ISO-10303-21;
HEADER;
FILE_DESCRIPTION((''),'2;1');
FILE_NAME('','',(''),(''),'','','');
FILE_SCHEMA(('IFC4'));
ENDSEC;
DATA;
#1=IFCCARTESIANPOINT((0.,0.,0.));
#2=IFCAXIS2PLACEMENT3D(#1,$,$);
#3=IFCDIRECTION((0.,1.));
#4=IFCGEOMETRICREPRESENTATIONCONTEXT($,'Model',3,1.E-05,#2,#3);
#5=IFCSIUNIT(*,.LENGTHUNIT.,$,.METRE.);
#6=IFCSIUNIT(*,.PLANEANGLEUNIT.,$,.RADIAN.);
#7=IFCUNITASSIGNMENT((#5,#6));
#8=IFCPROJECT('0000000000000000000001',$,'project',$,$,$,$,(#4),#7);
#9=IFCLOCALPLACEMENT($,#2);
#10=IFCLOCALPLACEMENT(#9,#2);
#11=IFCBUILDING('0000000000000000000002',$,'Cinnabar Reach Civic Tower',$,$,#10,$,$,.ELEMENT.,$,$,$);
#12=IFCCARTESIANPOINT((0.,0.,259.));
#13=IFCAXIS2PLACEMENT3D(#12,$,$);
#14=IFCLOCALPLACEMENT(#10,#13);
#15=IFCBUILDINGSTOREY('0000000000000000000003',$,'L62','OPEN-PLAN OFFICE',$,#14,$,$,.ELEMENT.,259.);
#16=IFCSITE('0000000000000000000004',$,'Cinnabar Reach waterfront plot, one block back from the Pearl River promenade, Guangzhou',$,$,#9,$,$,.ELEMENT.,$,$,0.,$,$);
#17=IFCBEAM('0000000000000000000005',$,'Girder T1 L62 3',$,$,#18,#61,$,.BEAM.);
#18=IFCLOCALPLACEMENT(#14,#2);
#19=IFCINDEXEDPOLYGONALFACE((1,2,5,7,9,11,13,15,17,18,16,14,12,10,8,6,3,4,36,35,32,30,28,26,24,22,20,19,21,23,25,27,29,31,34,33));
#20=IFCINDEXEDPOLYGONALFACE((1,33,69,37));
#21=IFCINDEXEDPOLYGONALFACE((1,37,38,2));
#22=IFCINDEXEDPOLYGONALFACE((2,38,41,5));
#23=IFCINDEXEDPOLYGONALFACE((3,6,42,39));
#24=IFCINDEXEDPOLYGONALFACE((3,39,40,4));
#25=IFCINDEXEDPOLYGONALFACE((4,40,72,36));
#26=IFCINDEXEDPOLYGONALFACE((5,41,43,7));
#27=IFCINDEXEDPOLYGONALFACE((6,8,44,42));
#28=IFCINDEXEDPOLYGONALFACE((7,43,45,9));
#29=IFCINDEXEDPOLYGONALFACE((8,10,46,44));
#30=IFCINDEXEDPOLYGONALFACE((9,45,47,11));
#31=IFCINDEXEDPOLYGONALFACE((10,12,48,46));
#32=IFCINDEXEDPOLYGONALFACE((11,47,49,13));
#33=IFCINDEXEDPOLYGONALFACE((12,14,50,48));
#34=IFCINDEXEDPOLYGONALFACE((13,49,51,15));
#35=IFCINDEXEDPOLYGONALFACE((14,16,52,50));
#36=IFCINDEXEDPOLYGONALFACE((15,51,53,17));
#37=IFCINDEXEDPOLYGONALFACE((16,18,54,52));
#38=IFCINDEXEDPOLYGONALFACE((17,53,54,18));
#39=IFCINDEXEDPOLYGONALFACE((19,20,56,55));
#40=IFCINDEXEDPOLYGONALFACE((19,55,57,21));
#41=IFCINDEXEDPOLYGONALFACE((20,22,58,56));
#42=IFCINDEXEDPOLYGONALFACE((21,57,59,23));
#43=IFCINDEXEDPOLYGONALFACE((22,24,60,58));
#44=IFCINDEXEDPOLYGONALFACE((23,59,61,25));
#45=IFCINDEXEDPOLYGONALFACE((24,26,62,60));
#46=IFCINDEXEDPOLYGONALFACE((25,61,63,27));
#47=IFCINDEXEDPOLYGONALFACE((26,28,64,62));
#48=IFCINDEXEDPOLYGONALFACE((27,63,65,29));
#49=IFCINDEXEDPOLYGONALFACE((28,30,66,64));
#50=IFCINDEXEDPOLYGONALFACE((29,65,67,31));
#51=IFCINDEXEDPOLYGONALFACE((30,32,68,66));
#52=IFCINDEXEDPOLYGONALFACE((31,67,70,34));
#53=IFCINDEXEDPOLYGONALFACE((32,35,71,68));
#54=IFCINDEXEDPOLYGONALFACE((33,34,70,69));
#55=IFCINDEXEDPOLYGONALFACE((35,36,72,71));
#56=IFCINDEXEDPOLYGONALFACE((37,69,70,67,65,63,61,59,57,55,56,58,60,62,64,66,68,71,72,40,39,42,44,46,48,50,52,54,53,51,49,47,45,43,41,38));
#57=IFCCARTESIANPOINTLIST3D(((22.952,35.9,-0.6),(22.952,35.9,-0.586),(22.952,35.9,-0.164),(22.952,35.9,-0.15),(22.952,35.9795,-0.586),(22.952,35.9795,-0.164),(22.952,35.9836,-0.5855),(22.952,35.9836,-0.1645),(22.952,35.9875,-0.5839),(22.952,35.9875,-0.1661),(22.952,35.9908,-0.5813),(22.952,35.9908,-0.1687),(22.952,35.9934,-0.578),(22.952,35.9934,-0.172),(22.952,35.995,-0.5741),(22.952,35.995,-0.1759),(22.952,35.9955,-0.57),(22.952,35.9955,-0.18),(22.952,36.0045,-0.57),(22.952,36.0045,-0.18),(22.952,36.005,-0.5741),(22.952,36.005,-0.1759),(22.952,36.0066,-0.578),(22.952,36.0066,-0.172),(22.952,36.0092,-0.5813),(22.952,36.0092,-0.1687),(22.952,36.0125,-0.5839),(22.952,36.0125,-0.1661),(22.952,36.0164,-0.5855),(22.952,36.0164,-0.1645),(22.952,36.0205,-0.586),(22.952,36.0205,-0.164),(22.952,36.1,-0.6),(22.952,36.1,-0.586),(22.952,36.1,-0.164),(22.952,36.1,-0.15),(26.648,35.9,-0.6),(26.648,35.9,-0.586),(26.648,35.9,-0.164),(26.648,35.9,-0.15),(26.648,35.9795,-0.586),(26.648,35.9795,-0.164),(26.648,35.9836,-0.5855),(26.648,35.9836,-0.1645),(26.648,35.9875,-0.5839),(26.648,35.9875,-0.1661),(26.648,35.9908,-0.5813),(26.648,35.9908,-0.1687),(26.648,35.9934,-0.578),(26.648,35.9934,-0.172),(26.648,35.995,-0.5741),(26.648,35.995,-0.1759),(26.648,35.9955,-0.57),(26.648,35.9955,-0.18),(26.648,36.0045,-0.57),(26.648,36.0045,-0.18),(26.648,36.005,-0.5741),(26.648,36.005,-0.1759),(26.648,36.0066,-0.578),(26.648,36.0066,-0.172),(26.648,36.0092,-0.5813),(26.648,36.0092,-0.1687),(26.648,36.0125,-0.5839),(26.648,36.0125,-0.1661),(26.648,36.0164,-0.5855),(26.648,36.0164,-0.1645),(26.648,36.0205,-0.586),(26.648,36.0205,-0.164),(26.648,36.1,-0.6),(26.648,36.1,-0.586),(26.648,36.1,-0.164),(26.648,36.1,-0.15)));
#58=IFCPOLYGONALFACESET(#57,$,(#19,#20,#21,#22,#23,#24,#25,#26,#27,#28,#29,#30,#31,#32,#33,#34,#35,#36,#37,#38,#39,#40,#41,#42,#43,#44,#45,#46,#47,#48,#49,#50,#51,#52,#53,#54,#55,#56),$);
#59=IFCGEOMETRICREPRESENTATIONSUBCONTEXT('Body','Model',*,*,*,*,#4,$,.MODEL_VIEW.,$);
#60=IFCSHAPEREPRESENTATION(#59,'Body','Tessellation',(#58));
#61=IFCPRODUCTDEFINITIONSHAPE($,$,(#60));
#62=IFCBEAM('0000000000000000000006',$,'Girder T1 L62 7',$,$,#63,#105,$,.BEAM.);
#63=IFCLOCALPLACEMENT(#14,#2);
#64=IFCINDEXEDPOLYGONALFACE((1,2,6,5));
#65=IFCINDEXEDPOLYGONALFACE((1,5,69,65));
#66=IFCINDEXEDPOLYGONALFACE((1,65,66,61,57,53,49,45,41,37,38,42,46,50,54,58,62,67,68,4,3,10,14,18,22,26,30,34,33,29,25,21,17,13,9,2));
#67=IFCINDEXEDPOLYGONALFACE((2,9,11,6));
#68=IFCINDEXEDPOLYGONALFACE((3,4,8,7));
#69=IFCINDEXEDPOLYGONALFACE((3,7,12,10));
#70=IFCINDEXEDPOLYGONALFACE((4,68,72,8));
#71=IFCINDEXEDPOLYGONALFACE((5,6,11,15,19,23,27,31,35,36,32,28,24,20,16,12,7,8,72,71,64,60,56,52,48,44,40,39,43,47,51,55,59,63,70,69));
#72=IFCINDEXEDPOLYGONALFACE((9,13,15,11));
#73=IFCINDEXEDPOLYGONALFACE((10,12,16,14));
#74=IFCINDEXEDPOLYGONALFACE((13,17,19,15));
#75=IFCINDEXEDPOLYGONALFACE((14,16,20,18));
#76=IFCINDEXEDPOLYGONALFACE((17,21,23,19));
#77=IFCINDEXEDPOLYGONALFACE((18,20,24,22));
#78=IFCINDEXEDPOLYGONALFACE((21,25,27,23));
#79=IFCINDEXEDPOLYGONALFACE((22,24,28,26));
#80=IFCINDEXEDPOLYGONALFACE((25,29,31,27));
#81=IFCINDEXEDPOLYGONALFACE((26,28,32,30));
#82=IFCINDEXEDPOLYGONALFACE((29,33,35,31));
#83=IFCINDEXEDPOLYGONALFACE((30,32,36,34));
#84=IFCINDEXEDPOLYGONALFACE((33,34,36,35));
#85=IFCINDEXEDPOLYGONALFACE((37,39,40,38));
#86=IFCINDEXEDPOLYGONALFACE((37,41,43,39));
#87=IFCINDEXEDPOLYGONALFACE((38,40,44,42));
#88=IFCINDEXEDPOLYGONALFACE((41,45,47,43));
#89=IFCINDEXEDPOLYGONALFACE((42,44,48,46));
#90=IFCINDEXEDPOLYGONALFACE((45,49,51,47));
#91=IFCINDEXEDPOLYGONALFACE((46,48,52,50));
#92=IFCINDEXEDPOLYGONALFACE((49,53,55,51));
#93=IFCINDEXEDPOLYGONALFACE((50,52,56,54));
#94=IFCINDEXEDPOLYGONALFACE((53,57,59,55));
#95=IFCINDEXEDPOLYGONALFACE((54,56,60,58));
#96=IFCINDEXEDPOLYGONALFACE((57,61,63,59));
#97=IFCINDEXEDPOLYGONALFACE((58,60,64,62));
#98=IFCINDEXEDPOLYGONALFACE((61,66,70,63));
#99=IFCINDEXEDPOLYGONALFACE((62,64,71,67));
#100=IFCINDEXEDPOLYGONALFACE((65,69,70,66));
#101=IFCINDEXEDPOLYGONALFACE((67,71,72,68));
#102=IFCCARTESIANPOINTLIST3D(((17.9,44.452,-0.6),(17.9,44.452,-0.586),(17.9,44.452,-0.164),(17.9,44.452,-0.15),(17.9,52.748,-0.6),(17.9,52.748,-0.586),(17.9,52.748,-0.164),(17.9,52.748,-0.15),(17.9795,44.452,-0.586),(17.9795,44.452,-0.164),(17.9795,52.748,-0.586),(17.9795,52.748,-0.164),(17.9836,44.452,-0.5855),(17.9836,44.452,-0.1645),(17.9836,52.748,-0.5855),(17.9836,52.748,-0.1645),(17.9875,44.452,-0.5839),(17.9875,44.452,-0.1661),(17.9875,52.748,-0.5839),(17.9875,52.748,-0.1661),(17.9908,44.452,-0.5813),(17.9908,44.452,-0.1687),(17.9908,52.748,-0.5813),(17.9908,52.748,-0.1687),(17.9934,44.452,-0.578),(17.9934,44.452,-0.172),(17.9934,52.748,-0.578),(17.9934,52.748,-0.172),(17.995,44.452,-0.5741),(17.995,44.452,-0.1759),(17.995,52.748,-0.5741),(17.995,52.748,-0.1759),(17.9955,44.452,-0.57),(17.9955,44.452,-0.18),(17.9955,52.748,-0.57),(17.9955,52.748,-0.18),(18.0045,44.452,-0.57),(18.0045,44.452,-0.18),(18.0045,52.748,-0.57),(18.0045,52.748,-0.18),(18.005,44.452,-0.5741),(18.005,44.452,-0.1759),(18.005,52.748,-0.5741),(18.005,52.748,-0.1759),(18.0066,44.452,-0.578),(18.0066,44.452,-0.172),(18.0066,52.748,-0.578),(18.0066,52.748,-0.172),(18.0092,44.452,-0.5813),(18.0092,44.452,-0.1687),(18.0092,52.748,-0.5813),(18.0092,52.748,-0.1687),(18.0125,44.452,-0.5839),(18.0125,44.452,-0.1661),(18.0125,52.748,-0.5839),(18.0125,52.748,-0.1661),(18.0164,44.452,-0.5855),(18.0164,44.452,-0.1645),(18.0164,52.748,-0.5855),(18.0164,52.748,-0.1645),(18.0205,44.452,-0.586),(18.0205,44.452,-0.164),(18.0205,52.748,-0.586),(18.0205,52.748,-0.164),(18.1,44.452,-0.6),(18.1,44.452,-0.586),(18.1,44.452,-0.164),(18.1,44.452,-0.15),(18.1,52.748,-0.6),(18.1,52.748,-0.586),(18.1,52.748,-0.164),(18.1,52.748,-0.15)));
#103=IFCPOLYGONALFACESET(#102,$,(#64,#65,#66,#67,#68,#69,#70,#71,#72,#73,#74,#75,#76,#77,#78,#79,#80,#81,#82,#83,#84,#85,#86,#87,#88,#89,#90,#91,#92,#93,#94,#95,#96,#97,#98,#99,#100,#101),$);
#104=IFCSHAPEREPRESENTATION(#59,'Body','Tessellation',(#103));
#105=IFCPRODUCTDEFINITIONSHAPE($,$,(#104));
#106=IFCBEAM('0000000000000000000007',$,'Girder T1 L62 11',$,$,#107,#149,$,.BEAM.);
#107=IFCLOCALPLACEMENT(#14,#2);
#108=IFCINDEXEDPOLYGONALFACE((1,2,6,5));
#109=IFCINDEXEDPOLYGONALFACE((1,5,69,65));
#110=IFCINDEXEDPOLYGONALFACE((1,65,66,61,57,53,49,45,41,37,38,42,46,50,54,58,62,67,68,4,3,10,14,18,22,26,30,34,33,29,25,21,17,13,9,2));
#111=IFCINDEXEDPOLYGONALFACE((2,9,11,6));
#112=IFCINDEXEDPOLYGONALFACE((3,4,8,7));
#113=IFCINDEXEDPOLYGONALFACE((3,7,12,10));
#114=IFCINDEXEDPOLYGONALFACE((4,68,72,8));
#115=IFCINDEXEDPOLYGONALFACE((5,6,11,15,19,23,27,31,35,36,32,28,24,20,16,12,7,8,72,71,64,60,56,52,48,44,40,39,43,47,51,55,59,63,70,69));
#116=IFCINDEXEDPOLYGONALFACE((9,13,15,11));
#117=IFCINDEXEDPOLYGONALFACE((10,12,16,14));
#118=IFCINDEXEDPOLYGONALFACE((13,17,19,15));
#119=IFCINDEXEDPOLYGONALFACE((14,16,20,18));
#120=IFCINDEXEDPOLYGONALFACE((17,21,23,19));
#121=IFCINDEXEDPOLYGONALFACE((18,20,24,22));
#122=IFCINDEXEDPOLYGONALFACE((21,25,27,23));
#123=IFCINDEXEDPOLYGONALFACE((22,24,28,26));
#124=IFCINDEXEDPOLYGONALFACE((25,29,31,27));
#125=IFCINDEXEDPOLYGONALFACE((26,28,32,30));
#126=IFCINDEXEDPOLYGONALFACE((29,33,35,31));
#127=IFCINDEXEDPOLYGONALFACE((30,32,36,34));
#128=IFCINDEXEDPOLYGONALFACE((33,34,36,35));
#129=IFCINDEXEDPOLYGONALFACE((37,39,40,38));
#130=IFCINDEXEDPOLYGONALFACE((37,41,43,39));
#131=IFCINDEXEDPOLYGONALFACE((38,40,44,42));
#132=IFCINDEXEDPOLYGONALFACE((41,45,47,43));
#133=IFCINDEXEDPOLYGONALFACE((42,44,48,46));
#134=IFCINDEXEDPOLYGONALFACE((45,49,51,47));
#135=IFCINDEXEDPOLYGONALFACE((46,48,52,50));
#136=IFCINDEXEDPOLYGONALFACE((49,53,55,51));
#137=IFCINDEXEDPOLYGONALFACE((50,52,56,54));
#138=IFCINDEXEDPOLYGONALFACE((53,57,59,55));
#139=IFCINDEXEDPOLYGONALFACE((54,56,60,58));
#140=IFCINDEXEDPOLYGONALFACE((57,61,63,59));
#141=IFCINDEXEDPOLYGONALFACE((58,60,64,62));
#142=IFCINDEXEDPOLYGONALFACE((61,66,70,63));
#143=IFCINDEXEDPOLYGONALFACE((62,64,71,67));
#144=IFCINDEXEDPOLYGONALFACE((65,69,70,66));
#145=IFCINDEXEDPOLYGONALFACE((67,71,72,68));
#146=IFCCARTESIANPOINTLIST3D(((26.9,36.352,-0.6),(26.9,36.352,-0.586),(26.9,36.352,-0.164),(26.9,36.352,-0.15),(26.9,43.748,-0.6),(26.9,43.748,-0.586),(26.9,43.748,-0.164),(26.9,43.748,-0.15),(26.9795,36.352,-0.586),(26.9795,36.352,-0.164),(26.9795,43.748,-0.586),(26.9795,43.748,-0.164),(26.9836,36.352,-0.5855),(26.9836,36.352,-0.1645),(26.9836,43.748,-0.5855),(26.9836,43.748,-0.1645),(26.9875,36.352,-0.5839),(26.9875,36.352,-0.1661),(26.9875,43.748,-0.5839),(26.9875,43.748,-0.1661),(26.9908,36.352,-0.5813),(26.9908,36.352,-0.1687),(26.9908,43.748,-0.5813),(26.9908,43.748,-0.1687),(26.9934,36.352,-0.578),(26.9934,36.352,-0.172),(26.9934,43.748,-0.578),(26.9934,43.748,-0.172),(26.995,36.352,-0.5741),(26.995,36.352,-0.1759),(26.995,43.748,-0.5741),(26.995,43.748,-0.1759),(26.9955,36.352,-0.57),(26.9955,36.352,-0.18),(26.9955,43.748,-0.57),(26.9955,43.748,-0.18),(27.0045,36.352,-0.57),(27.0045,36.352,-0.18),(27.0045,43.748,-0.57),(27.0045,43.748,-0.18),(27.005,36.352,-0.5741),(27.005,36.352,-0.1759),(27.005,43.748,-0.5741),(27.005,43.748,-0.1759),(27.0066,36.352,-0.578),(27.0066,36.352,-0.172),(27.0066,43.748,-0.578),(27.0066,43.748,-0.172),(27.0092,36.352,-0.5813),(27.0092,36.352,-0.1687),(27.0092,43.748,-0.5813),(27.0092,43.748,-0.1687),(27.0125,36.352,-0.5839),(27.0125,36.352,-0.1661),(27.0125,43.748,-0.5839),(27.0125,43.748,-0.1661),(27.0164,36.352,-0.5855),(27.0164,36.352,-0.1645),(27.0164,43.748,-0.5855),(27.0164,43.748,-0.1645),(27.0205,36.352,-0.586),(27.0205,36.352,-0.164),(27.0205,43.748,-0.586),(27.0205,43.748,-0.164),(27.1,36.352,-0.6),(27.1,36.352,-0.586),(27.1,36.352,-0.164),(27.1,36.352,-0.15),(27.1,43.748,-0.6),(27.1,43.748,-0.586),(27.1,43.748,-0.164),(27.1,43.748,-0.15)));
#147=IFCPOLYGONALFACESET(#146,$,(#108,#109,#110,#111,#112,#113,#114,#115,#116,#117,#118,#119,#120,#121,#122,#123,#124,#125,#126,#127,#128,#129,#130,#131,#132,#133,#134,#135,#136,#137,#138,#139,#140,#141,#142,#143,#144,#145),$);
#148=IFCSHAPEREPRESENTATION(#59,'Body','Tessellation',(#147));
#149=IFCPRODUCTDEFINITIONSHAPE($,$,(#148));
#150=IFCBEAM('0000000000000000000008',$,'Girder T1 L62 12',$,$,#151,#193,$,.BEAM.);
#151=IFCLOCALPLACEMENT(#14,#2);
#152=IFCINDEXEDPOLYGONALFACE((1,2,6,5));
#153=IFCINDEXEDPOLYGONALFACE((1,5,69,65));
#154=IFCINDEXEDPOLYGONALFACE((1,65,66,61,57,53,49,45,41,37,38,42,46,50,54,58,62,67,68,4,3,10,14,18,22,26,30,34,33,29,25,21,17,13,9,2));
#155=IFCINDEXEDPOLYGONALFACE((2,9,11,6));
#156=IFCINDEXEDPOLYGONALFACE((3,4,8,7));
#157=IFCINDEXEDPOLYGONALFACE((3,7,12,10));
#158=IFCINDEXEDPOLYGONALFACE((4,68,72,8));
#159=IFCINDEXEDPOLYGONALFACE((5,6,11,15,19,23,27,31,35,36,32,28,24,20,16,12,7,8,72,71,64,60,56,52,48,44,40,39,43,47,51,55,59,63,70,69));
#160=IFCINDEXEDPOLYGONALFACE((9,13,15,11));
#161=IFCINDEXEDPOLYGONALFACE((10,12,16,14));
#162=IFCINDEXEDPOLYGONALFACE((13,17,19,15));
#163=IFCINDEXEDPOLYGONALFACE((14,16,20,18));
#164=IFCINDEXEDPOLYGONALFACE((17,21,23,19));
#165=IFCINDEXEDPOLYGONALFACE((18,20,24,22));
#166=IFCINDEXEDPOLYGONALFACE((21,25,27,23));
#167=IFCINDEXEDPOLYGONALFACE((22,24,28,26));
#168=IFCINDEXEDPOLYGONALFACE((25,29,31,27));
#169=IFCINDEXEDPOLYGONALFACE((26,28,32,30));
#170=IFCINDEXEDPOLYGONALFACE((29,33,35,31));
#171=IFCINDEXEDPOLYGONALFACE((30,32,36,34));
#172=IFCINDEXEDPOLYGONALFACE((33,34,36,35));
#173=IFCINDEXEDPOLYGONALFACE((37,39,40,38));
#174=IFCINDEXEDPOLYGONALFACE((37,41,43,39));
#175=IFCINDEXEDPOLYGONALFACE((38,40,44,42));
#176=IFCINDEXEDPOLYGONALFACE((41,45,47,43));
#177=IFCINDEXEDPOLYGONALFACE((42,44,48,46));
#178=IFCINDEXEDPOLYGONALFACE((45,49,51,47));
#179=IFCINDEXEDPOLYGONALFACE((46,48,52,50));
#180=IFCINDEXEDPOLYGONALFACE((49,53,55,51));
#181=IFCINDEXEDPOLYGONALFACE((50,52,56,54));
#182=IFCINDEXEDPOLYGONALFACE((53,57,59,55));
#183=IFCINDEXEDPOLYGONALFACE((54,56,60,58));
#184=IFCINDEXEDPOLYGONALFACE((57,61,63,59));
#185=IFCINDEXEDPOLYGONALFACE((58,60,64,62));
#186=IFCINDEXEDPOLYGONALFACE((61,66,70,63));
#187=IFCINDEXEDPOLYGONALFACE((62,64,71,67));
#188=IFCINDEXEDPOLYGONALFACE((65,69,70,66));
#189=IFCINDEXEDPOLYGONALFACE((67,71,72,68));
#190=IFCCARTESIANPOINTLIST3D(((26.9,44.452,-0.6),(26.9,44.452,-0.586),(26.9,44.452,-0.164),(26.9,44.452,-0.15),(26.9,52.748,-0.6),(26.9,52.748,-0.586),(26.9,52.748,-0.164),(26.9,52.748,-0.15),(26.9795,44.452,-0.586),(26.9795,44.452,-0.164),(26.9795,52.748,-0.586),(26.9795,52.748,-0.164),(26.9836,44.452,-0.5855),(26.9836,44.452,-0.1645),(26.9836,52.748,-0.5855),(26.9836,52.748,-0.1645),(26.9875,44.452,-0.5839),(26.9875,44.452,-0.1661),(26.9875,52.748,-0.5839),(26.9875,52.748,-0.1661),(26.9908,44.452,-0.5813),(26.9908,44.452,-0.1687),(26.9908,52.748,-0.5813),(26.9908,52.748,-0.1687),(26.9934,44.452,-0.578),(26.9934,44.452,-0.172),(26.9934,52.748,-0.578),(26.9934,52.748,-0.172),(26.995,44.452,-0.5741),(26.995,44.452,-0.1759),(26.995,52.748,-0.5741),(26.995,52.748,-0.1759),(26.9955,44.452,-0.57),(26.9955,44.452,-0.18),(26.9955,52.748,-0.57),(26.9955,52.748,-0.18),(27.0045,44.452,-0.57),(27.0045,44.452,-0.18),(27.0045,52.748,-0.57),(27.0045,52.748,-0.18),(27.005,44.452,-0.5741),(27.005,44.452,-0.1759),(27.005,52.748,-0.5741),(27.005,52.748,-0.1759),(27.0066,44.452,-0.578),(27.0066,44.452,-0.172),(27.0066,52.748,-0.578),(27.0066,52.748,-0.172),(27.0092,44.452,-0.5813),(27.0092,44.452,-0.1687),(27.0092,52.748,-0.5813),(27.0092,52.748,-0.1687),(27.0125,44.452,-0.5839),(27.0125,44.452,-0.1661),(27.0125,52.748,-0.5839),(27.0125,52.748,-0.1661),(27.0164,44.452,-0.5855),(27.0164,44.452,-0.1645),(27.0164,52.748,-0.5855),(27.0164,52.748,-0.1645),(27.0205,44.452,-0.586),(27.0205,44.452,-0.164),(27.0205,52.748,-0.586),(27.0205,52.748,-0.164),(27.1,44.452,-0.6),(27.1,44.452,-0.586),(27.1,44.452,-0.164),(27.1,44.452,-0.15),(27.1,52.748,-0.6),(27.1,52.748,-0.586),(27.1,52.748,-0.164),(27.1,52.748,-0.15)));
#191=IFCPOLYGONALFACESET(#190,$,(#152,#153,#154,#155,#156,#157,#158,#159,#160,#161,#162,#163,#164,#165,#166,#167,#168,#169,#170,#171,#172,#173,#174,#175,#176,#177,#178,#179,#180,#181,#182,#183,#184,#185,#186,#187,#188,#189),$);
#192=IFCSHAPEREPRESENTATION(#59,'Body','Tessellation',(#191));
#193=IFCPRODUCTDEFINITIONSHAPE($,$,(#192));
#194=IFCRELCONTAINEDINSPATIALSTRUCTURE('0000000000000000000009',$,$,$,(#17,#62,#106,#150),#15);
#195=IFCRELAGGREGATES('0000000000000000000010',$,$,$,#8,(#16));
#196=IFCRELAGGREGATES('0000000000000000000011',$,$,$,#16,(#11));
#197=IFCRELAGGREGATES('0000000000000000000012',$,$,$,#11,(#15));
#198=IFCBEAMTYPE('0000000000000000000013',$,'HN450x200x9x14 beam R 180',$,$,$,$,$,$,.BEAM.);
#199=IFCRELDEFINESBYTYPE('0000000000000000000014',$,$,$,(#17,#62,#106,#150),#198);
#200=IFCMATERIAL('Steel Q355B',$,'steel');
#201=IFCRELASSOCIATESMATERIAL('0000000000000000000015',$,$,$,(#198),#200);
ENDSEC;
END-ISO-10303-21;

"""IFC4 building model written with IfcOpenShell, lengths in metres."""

from ifc_helpers import new_model, si_unit, direction, frame, origin, origin_2d, place, context, subcontext, project, spatial, i_section, extrude, material, material_profile, profile_set, type_object, element, save


model = new_model("IFC4")

# Units and contexts
model_context = context("Model", 3, precision=1e-05, world=origin(), true_north=direction((0.0, 1.0)))
body_context = subcontext(model_context, "Body", "Model", "MODEL_VIEW")
ifc_project = project(units=[si_unit("LENGTHUNIT", "METRE"), si_unit("PLANEANGLEUNIT", "RADIAN")], contexts=[model_context])

# Site, building, storey
site_placement = place(None, origin())
site = spatial("IfcSite", under=ifc_project, at=site_placement, Name="Cinnabar Reach waterfront plot, one block back from the Pearl River promenade, Guangzhou", CompositionType="ELEMENT", RefElevation=0.0)
building_placement = place(site_placement, origin())
building = spatial("IfcBuilding", under=site, at=building_placement, Name="Cinnabar Reach Civic Tower", CompositionType="ELEMENT")
storey_placement = place(building_placement, frame((0.0, 0.0, 259.0)))
storey = spatial("IfcBuildingStorey", under=building, at=storey_placement, Name="L62", Description="OPEN-PLAN OFFICE", CompositionType="ELEMENT", Elevation=259.0)

# Beams
ifc_material_1 = material(Name="Steel Q355B", Category="steel")
ifc_material_profile_1 = material_profile(ifc_material_1, i_section(OverallWidth=0.2, OverallDepth=0.45, WebThickness=0.009, FlangeThickness=0.014, FilletRadius=0.016, at=origin_2d()), Name="HN450x200x9x14")
ifc_profile_set_1 = profile_set([ifc_material_profile_1], Name="Steel Q355B")
beam_type_1 = type_object("IfcBeamType", Name="HN450x200x9x14 beam R 180", PredefinedType="BEAM", material=ifc_profile_set_1)
beam_1_placement = place(storey_placement, frame((22.952, 36.0, -0.375), z_axis=(1.0, 0.0, 0.0), x_axis=(0.0, 1.0, 0.0)))
element("IfcBeam", 1, at=beam_1_placement, inside=storey, type_object=beam_type_1, Name="Girder T1 L62 3", PredefinedType="BEAM", context=body_context, shape_type="SweptSolid", body=[
    extrude(i_section(OverallWidth=0.2, OverallDepth=0.45, WebThickness=0.009, FlangeThickness=0.014, FilletRadius=0.016, at=origin_2d()), origin(), (0.0, 0.0, 1.0), 3.696),
])
beam_2_placement = place(storey_placement, frame((18.0, 44.452, -0.375), z_axis=(0.0, 1.0, 0.0), x_axis=(-1.0, 0.0, 0.0)))
element("IfcBeam", 2, at=beam_2_placement, inside=storey, type_object=beam_type_1, Name="Girder T1 L62 7", PredefinedType="BEAM", context=body_context, shape_type="SweptSolid", body=[
    extrude(i_section(OverallWidth=0.2, OverallDepth=0.45, WebThickness=0.009, FlangeThickness=0.014, FilletRadius=0.016, at=origin_2d()), origin(), (0.0, 0.0, 1.0), 8.296),
])
beam_3_placement = place(storey_placement, frame((27.0, 36.352, -0.375), z_axis=(0.0, 1.0, 0.0), x_axis=(-1.0, 0.0, 0.0)))
element("IfcBeam", 3, at=beam_3_placement, inside=storey, type_object=beam_type_1, Name="Girder T1 L62 11", PredefinedType="BEAM", context=body_context, shape_type="SweptSolid", body=[
    extrude(i_section(OverallWidth=0.2, OverallDepth=0.45, WebThickness=0.009, FlangeThickness=0.014, FilletRadius=0.016, at=origin_2d()), origin(), (0.0, 0.0, 1.0), 7.396),
])
beam_4_placement = place(storey_placement, frame((27.0, 44.452, -0.375), z_axis=(0.0, 1.0, 0.0), x_axis=(-1.0, 0.0, 0.0)))
element("IfcBeam", 4, at=beam_4_placement, inside=storey, type_object=beam_type_1, Name="Girder T1 L62 12", PredefinedType="BEAM", context=body_context, shape_type="SweptSolid", body=[
    extrude(i_section(OverallWidth=0.2, OverallDepth=0.45, WebThickness=0.009, FlangeThickness=0.014, FilletRadius=0.016, at=origin_2d()), origin(), (0.0, 0.0, 1.0), 8.296),
])

save(model, "model.ifc")
